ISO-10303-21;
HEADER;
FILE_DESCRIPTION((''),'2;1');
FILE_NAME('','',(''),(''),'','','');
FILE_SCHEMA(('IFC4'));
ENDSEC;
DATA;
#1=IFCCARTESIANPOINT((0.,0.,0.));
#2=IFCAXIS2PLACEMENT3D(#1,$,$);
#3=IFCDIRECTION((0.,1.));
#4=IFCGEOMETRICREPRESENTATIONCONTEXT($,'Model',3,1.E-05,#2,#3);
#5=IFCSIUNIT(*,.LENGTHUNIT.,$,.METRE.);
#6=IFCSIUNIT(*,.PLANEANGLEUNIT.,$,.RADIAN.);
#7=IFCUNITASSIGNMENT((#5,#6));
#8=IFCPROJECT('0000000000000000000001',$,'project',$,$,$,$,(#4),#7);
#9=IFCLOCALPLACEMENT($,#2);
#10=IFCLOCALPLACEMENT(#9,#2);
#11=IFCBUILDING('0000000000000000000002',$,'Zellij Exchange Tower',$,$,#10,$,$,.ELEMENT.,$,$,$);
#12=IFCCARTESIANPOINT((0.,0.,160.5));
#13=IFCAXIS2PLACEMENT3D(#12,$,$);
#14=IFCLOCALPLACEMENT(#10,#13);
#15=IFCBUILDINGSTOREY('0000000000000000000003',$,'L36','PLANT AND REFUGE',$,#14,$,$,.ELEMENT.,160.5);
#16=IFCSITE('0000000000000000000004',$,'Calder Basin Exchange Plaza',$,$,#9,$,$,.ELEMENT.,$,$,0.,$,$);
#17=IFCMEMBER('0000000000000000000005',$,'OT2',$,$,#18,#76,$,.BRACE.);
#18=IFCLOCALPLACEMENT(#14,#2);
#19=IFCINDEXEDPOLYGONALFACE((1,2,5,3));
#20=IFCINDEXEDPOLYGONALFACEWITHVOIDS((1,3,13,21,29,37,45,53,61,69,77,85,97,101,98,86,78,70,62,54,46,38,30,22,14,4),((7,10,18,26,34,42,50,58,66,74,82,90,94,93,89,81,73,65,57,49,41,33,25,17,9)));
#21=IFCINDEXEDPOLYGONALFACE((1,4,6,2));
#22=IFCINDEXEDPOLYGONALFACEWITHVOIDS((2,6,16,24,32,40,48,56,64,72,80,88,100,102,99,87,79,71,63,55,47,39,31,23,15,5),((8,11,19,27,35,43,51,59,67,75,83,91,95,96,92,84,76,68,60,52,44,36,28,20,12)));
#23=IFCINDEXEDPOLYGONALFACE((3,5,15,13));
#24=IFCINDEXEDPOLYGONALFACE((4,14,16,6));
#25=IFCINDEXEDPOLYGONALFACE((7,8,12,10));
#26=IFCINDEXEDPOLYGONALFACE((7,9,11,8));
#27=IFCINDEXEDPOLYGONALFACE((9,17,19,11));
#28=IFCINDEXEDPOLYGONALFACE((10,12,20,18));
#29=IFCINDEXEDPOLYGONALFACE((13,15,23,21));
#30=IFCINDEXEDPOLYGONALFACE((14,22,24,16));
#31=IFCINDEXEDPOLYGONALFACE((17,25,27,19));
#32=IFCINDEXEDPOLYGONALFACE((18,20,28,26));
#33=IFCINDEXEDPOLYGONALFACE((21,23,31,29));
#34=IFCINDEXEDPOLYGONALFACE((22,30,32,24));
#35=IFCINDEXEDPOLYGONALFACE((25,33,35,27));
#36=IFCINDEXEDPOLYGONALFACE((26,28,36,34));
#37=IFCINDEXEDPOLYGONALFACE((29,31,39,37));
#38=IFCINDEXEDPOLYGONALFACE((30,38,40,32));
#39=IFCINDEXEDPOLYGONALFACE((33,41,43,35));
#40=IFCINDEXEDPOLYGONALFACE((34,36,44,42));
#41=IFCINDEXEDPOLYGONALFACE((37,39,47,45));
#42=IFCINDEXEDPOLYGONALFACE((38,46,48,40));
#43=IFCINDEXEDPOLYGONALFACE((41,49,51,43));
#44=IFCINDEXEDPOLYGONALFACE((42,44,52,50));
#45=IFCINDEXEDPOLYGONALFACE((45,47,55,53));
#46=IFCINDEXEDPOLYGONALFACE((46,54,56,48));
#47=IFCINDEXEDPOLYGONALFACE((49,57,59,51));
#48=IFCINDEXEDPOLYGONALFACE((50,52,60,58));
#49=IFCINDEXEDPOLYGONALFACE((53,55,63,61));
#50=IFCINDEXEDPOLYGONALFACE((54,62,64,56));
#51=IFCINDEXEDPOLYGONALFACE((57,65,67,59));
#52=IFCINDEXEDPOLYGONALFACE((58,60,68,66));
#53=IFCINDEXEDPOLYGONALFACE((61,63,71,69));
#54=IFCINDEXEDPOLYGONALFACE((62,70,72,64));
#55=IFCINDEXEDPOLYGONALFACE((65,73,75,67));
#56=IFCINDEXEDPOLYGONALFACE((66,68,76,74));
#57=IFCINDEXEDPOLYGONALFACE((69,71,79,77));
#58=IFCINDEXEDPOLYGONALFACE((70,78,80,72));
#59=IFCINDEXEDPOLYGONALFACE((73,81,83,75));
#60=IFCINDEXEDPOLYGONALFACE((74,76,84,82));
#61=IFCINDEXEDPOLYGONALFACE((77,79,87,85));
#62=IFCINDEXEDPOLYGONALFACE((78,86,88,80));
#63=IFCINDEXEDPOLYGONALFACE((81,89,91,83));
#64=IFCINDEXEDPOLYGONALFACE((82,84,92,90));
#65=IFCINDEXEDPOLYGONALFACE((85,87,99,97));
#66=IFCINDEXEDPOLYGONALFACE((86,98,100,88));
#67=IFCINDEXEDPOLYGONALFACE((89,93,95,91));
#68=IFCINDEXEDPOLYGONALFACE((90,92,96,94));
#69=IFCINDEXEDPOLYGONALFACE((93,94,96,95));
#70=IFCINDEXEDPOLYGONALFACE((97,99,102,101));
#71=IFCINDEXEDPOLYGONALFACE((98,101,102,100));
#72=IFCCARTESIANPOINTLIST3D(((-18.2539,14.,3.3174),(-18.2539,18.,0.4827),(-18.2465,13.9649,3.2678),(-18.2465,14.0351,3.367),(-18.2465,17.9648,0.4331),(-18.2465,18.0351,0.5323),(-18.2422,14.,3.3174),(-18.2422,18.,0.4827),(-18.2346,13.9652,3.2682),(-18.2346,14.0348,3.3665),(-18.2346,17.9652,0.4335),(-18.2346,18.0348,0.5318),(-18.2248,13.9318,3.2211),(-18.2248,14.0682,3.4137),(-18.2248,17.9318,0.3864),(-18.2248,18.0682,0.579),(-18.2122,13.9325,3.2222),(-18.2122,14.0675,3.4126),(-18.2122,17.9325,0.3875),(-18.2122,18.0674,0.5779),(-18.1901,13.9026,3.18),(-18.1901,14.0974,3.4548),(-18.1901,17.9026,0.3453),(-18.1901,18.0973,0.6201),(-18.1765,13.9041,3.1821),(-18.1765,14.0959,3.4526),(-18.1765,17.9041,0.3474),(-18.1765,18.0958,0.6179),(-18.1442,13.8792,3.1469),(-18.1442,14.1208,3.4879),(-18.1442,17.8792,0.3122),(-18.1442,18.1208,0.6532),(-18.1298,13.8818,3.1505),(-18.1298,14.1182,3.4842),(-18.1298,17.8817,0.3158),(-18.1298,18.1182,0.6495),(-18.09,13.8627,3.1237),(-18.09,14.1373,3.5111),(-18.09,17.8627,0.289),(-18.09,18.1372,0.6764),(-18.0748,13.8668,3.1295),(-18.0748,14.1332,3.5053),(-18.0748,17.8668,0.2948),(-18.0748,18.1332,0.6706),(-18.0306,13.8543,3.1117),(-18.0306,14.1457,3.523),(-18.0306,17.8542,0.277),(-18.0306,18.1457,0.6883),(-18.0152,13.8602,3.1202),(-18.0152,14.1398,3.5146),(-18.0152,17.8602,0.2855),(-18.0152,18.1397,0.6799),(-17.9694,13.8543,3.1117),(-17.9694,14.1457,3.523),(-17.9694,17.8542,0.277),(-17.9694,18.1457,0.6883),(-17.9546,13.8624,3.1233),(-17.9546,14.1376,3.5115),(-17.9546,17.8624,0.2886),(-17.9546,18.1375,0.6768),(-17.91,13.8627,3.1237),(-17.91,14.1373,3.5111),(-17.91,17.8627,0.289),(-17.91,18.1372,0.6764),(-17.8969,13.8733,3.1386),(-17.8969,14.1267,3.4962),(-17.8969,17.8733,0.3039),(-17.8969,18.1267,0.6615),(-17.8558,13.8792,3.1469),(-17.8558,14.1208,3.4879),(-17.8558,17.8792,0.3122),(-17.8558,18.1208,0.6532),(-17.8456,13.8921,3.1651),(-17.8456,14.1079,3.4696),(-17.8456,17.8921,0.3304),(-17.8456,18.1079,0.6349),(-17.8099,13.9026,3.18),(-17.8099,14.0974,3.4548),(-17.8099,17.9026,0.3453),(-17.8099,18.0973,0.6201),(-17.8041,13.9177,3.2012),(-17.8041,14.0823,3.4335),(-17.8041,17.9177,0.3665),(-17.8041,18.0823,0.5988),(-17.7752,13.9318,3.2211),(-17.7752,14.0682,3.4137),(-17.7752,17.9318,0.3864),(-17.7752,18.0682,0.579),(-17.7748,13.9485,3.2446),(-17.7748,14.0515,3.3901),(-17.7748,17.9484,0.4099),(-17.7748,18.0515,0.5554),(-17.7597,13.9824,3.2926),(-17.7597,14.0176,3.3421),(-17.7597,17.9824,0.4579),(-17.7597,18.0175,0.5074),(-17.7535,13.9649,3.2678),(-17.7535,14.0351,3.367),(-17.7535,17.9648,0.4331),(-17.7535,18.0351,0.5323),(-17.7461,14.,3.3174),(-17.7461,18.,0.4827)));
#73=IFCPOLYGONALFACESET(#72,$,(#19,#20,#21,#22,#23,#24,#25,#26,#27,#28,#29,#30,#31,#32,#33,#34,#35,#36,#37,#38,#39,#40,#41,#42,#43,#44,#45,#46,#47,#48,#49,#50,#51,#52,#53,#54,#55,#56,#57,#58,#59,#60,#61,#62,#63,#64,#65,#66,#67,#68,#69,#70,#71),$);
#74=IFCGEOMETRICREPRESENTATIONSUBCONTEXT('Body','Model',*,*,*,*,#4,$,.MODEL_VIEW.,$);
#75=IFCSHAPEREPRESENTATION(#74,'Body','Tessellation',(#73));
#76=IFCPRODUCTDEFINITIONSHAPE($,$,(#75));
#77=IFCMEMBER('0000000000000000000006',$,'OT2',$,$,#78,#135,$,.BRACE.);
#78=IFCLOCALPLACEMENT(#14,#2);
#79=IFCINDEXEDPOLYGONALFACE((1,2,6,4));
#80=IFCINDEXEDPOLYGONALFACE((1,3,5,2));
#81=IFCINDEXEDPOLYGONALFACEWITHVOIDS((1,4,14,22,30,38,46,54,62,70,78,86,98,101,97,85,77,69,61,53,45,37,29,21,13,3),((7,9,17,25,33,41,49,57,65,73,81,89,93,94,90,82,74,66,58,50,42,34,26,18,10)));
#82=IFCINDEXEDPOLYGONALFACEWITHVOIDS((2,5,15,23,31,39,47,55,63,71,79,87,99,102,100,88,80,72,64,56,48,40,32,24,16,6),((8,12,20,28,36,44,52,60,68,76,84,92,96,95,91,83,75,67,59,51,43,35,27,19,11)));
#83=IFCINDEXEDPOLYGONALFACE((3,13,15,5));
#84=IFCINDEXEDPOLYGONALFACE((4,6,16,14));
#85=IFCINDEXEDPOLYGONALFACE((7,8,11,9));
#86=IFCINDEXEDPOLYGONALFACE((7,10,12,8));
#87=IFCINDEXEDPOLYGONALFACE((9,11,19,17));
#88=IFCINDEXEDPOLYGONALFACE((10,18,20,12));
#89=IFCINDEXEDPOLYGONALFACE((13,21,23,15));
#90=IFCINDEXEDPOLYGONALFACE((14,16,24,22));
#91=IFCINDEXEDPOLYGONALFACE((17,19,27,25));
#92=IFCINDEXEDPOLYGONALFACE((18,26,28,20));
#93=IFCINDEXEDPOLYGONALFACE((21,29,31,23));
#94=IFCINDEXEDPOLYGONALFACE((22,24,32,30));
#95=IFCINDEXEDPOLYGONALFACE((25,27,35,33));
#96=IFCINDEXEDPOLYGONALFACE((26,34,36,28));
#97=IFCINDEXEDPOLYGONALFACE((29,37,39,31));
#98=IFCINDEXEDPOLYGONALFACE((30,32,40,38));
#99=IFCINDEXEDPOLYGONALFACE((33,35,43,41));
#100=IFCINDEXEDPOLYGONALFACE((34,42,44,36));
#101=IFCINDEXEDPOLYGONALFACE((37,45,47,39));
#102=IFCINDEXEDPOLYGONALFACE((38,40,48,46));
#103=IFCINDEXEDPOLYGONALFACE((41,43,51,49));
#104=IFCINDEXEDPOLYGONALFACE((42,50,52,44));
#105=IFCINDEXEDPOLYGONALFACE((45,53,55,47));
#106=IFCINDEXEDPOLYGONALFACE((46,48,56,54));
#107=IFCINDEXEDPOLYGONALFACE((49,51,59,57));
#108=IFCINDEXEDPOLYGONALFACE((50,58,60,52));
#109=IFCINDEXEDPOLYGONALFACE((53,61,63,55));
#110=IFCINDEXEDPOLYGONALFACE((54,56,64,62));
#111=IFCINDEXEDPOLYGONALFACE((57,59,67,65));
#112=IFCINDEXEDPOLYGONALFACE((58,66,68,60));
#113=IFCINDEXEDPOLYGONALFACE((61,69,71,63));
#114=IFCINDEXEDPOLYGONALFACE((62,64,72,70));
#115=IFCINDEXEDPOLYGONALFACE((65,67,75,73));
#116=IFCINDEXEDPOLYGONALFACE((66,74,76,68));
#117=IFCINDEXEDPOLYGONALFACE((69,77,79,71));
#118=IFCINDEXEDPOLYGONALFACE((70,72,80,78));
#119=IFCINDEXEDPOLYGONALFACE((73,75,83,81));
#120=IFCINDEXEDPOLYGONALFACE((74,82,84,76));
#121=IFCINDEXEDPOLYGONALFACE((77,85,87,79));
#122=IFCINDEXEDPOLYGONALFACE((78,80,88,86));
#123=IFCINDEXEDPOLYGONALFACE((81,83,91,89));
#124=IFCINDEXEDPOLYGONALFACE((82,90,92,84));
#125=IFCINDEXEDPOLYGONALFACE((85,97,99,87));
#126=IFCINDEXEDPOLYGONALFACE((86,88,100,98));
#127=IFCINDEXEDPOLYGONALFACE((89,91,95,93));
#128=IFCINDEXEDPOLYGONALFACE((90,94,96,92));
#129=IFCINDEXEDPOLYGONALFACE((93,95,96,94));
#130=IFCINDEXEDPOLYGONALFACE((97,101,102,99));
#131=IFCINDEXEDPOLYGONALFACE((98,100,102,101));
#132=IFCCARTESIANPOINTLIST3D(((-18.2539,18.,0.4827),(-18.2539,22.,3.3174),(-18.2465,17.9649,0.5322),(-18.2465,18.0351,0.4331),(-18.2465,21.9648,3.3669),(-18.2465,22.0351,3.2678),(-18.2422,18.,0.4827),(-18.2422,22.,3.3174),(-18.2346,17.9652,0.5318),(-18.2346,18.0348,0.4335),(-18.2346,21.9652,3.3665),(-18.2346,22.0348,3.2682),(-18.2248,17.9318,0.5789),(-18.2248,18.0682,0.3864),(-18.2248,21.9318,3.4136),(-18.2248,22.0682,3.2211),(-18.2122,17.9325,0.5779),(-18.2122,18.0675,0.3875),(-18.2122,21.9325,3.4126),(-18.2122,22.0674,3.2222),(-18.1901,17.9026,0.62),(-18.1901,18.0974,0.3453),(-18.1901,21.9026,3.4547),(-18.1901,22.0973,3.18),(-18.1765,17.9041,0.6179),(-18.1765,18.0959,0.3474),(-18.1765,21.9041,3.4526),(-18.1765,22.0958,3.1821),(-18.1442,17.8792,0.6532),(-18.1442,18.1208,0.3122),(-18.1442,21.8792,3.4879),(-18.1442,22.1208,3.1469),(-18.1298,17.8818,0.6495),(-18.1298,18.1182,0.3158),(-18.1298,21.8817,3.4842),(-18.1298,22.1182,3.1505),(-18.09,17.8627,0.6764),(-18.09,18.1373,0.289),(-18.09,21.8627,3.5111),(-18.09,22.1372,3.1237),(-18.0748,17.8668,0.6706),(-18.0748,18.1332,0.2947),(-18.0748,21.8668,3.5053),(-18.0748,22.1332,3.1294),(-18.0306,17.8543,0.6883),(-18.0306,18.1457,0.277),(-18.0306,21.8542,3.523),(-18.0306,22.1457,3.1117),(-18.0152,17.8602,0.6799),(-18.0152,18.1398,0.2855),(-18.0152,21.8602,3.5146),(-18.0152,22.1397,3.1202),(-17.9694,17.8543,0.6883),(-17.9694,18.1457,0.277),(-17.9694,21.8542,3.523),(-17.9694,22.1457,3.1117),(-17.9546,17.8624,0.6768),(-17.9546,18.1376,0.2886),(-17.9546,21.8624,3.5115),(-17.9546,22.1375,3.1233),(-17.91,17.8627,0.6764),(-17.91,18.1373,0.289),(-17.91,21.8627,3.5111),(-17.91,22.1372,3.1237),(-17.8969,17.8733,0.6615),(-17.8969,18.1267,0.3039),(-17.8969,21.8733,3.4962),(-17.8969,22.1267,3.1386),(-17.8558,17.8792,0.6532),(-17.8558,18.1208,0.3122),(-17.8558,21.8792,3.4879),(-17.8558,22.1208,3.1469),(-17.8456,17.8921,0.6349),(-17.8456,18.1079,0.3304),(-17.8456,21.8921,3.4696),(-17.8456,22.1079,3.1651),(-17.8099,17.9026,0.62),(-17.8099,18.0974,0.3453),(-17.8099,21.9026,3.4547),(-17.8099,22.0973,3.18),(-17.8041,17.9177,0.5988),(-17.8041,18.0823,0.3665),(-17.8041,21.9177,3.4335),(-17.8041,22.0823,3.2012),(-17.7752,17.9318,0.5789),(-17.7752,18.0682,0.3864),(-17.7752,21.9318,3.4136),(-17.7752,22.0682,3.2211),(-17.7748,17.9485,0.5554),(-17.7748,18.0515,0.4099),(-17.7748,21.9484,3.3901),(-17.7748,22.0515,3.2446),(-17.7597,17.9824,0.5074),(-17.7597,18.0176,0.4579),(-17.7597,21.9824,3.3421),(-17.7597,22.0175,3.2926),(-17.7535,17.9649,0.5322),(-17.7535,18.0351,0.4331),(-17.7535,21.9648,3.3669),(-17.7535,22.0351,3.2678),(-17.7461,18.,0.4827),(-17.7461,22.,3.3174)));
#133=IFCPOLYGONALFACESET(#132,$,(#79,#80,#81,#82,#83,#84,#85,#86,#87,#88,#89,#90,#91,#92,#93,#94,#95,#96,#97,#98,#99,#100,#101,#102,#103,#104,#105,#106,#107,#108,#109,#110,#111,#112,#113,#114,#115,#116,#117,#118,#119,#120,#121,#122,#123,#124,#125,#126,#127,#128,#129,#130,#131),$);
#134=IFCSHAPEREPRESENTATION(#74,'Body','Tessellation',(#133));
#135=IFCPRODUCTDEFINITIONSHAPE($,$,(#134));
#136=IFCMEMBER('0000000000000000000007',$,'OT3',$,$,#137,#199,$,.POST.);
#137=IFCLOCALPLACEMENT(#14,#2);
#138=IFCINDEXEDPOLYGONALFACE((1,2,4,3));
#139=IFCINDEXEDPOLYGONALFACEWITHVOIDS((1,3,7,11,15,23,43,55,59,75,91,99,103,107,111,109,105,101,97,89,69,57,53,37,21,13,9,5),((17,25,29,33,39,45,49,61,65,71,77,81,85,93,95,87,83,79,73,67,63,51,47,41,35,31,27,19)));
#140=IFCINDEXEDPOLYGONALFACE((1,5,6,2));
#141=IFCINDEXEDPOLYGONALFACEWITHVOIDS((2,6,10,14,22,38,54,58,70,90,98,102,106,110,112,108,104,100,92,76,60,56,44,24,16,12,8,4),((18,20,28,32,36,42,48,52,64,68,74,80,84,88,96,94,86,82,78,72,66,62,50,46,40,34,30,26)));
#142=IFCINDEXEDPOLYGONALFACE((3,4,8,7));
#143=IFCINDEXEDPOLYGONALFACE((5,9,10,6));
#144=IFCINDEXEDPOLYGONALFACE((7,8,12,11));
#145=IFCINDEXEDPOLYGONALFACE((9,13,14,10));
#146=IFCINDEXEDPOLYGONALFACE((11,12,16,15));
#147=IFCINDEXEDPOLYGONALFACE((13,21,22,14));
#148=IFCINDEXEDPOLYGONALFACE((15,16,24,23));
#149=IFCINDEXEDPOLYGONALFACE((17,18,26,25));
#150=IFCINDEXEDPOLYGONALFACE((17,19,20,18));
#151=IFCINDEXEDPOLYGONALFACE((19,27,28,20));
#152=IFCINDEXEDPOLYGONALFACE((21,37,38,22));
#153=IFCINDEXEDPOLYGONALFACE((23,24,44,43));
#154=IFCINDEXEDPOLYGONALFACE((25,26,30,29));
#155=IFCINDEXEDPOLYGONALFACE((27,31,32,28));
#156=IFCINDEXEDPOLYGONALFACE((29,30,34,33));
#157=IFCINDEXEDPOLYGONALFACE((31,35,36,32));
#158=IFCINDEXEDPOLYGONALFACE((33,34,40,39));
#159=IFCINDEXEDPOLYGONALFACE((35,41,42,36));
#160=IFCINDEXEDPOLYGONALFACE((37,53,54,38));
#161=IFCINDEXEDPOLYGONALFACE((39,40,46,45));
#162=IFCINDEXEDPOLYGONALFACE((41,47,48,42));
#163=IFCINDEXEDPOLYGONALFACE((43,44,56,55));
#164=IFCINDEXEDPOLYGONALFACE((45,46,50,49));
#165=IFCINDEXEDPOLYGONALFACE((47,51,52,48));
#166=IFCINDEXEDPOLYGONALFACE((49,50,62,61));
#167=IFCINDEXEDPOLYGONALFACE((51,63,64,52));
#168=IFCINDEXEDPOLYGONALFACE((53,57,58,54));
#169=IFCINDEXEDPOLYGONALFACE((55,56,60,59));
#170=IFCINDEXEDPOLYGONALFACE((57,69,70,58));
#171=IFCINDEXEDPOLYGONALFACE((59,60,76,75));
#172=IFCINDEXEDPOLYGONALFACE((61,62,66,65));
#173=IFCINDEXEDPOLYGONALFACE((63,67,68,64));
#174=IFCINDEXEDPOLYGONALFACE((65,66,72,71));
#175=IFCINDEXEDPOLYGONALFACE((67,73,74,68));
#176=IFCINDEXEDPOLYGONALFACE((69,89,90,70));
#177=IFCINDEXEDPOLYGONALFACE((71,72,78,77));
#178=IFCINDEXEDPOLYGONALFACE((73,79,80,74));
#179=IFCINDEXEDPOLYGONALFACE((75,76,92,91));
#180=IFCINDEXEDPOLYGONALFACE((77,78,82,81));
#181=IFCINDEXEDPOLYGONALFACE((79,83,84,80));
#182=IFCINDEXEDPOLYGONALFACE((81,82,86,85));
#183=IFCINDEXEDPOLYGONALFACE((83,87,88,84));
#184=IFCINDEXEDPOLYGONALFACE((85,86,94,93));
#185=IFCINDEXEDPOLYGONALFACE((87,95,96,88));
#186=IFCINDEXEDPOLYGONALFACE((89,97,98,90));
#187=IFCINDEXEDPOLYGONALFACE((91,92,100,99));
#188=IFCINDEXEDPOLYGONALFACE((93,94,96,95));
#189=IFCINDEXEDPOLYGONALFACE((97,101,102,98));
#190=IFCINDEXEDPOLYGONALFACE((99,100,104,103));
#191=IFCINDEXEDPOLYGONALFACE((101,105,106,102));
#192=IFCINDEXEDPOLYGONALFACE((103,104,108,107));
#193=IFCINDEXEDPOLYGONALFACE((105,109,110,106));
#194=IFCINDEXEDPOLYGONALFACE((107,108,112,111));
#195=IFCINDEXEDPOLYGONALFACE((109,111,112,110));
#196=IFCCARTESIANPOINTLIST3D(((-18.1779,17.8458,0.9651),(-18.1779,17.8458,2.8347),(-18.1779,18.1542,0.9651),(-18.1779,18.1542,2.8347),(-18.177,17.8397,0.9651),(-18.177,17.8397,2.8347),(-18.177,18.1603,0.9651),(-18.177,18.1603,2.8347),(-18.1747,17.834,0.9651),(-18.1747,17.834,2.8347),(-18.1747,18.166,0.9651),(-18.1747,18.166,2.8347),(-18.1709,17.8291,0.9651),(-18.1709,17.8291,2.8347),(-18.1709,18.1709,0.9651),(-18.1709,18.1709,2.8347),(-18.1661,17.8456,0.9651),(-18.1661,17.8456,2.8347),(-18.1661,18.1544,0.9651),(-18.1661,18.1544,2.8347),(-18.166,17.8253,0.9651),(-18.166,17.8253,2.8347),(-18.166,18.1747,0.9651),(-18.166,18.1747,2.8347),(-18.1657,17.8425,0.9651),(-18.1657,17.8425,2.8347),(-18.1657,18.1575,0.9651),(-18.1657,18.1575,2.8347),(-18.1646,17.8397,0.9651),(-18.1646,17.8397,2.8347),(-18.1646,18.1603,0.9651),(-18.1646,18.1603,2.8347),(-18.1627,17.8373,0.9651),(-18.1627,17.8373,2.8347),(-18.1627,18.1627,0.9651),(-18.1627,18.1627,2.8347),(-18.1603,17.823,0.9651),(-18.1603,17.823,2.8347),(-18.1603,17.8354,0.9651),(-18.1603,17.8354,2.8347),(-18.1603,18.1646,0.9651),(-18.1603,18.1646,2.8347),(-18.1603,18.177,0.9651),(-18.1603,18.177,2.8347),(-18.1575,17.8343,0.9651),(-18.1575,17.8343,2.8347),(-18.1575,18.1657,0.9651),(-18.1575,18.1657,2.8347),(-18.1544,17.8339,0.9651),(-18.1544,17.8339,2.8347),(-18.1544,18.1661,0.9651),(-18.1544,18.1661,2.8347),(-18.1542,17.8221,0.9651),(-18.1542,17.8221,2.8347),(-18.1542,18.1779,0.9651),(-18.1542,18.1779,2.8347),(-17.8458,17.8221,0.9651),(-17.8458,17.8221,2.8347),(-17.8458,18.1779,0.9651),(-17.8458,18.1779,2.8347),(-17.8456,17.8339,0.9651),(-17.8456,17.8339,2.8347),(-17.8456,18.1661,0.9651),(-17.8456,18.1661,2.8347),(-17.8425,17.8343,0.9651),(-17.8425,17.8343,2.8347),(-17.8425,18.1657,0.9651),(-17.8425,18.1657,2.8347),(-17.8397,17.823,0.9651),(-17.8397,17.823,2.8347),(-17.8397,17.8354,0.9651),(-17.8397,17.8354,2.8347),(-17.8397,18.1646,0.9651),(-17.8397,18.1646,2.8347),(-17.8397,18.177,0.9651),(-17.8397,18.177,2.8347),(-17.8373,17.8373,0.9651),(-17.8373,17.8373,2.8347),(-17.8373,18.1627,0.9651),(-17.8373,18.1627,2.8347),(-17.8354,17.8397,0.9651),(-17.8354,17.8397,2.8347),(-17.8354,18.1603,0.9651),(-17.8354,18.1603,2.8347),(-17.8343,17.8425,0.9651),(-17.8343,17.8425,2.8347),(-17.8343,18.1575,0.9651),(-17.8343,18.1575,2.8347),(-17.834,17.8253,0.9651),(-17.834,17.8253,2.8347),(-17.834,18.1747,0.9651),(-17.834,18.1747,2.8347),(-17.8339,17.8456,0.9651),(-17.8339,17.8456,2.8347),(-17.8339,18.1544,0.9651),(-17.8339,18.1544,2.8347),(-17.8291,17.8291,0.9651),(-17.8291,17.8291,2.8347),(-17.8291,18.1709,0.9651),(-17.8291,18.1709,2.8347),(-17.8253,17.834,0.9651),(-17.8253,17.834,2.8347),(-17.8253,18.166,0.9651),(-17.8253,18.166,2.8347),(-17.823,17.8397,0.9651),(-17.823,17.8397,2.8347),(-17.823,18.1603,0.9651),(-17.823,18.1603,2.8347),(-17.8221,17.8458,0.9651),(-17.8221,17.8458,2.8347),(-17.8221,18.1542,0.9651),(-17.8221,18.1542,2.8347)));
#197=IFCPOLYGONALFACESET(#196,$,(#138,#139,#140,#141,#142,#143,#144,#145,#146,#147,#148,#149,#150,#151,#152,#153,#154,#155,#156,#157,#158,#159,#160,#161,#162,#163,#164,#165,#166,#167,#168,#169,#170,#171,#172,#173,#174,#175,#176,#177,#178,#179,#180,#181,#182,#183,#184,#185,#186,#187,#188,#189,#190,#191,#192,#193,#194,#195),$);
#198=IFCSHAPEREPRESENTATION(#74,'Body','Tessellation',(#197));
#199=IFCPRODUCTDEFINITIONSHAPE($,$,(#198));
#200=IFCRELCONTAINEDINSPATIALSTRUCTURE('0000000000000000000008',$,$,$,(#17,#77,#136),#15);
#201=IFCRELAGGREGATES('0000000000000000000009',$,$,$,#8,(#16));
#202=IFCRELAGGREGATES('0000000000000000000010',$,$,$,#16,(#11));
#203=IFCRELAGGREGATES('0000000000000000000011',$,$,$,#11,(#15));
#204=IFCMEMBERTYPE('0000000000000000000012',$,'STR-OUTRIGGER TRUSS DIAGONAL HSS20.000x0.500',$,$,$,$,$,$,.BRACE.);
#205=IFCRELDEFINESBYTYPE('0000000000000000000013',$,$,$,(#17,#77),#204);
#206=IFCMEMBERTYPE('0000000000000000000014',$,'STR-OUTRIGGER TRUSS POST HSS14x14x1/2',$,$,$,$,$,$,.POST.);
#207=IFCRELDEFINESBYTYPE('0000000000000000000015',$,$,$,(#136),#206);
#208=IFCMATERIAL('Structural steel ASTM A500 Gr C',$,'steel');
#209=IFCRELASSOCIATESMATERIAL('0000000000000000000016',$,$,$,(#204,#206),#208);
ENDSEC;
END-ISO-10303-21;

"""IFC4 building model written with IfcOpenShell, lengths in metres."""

from ifc_helpers import new_model, si_unit, direction, frame, origin, origin_2d, place, context, subcontext, project, spatial, hollow_rectangle, hollow_circle, extrude, material, material_profile, profile_set, type_object, element, save


model = new_model("IFC4")

# Units and contexts
model_context = context("Model", 3, precision=1e-05, world=origin(), true_north=direction((0.0, 1.0)))
body_context = subcontext(model_context, "Body", "Model", "MODEL_VIEW")
ifc_project = project(units=[si_unit("LENGTHUNIT", "METRE"), si_unit("PLANEANGLEUNIT", "RADIAN")], contexts=[model_context])

# Site, building, storey
site_placement = place(None, origin())
site = spatial("IfcSite", under=ifc_project, at=site_placement, Name="Calder Basin Exchange Plaza", CompositionType="ELEMENT", RefElevation=0.0)
building_placement = place(site_placement, origin())
building = spatial("IfcBuilding", under=site, at=building_placement, Name="Zellij Exchange Tower", CompositionType="ELEMENT")
storey_placement = place(building_placement, frame((0.0, 0.0, 160.5)))
storey = spatial("IfcBuildingStorey", under=building, at=storey_placement, Name="L36", Description="PLANT AND REFUGE", CompositionType="ELEMENT", Elevation=160.5)

# Members
ifc_material_1 = material(Name="Structural steel ASTM A500 Gr C", Category="steel")
ifc_material_profile_1 = material_profile(ifc_material_1, hollow_circle(Radius=0.2539, WallThickness=0.0117, at=origin_2d()), Name="STR-OUTRIGGER TRUSS DIAGONAL HSS20.000x0.500")
ifc_profile_set_1 = profile_set([ifc_material_profile_1], Name="Structural steel ASTM A500 Gr C")
member_type_1 = type_object("IfcMemberType", Name="STR-OUTRIGGER TRUSS DIAGONAL HSS20.000x0.500", PredefinedType="BRACE", material=ifc_profile_set_1)
for number, where, z_axis, x_axis, name in (
    (1, (-18.0, 14.0, 3.3174), (0.0, 0.815891, -0.578205), (-1.0, 0.0, 0.0), "OT2"),
    (2, (-18.0, 18.0, 0.4827), (0.0, 0.815891, 0.578205), (-1.0, 0.0, 0.0), "OT2"),
):
    element("IfcMember", number, at=place(storey_placement, frame(where, z_axis=z_axis, x_axis=x_axis)), inside=storey, type_object=member_type_1, Name=name, PredefinedType="BRACE", context=body_context, shape_type="SweptSolid", body=[
        extrude(hollow_circle(Radius=0.2539, WallThickness=0.0117, at=origin_2d()), origin(), (0.0, 0.0, 1.0), 4.9026),
    ])
ifc_material_profile_2 = material_profile(ifc_material_1, hollow_rectangle(XDim=0.3557, YDim=0.3557, WallThickness=0.0117, InnerFilletRadius=0.0117, OuterFilletRadius=0.0237, at=origin_2d()), Name="STR-OUTRIGGER TRUSS POST HSS14x14x1/2")
ifc_profile_set_2 = profile_set([ifc_material_profile_2], Name="Structural steel ASTM A500 Gr C")
member_type_2 = type_object("IfcMemberType", Name="STR-OUTRIGGER TRUSS POST HSS14x14x1/2", PredefinedType="POST", material=ifc_profile_set_2)
member_1_placement = place(storey_placement, frame((-18.0, 18.0, 0.9651), z_axis=(0.0, 0.0, 1.0), x_axis=(1.0, 0.0, 0.0)))
element("IfcMember", 3, at=member_1_placement, inside=storey, type_object=member_type_2, Name="OT3", PredefinedType="POST", context=body_context, shape_type="SweptSolid", body=[
    extrude(hollow_rectangle(XDim=0.3557, YDim=0.3557, WallThickness=0.0117, InnerFilletRadius=0.0117, OuterFilletRadius=0.0237, at=origin_2d()), origin(), (0.0, 0.0, 1.0), 1.8696),
])

save(model, "model.ifc")
